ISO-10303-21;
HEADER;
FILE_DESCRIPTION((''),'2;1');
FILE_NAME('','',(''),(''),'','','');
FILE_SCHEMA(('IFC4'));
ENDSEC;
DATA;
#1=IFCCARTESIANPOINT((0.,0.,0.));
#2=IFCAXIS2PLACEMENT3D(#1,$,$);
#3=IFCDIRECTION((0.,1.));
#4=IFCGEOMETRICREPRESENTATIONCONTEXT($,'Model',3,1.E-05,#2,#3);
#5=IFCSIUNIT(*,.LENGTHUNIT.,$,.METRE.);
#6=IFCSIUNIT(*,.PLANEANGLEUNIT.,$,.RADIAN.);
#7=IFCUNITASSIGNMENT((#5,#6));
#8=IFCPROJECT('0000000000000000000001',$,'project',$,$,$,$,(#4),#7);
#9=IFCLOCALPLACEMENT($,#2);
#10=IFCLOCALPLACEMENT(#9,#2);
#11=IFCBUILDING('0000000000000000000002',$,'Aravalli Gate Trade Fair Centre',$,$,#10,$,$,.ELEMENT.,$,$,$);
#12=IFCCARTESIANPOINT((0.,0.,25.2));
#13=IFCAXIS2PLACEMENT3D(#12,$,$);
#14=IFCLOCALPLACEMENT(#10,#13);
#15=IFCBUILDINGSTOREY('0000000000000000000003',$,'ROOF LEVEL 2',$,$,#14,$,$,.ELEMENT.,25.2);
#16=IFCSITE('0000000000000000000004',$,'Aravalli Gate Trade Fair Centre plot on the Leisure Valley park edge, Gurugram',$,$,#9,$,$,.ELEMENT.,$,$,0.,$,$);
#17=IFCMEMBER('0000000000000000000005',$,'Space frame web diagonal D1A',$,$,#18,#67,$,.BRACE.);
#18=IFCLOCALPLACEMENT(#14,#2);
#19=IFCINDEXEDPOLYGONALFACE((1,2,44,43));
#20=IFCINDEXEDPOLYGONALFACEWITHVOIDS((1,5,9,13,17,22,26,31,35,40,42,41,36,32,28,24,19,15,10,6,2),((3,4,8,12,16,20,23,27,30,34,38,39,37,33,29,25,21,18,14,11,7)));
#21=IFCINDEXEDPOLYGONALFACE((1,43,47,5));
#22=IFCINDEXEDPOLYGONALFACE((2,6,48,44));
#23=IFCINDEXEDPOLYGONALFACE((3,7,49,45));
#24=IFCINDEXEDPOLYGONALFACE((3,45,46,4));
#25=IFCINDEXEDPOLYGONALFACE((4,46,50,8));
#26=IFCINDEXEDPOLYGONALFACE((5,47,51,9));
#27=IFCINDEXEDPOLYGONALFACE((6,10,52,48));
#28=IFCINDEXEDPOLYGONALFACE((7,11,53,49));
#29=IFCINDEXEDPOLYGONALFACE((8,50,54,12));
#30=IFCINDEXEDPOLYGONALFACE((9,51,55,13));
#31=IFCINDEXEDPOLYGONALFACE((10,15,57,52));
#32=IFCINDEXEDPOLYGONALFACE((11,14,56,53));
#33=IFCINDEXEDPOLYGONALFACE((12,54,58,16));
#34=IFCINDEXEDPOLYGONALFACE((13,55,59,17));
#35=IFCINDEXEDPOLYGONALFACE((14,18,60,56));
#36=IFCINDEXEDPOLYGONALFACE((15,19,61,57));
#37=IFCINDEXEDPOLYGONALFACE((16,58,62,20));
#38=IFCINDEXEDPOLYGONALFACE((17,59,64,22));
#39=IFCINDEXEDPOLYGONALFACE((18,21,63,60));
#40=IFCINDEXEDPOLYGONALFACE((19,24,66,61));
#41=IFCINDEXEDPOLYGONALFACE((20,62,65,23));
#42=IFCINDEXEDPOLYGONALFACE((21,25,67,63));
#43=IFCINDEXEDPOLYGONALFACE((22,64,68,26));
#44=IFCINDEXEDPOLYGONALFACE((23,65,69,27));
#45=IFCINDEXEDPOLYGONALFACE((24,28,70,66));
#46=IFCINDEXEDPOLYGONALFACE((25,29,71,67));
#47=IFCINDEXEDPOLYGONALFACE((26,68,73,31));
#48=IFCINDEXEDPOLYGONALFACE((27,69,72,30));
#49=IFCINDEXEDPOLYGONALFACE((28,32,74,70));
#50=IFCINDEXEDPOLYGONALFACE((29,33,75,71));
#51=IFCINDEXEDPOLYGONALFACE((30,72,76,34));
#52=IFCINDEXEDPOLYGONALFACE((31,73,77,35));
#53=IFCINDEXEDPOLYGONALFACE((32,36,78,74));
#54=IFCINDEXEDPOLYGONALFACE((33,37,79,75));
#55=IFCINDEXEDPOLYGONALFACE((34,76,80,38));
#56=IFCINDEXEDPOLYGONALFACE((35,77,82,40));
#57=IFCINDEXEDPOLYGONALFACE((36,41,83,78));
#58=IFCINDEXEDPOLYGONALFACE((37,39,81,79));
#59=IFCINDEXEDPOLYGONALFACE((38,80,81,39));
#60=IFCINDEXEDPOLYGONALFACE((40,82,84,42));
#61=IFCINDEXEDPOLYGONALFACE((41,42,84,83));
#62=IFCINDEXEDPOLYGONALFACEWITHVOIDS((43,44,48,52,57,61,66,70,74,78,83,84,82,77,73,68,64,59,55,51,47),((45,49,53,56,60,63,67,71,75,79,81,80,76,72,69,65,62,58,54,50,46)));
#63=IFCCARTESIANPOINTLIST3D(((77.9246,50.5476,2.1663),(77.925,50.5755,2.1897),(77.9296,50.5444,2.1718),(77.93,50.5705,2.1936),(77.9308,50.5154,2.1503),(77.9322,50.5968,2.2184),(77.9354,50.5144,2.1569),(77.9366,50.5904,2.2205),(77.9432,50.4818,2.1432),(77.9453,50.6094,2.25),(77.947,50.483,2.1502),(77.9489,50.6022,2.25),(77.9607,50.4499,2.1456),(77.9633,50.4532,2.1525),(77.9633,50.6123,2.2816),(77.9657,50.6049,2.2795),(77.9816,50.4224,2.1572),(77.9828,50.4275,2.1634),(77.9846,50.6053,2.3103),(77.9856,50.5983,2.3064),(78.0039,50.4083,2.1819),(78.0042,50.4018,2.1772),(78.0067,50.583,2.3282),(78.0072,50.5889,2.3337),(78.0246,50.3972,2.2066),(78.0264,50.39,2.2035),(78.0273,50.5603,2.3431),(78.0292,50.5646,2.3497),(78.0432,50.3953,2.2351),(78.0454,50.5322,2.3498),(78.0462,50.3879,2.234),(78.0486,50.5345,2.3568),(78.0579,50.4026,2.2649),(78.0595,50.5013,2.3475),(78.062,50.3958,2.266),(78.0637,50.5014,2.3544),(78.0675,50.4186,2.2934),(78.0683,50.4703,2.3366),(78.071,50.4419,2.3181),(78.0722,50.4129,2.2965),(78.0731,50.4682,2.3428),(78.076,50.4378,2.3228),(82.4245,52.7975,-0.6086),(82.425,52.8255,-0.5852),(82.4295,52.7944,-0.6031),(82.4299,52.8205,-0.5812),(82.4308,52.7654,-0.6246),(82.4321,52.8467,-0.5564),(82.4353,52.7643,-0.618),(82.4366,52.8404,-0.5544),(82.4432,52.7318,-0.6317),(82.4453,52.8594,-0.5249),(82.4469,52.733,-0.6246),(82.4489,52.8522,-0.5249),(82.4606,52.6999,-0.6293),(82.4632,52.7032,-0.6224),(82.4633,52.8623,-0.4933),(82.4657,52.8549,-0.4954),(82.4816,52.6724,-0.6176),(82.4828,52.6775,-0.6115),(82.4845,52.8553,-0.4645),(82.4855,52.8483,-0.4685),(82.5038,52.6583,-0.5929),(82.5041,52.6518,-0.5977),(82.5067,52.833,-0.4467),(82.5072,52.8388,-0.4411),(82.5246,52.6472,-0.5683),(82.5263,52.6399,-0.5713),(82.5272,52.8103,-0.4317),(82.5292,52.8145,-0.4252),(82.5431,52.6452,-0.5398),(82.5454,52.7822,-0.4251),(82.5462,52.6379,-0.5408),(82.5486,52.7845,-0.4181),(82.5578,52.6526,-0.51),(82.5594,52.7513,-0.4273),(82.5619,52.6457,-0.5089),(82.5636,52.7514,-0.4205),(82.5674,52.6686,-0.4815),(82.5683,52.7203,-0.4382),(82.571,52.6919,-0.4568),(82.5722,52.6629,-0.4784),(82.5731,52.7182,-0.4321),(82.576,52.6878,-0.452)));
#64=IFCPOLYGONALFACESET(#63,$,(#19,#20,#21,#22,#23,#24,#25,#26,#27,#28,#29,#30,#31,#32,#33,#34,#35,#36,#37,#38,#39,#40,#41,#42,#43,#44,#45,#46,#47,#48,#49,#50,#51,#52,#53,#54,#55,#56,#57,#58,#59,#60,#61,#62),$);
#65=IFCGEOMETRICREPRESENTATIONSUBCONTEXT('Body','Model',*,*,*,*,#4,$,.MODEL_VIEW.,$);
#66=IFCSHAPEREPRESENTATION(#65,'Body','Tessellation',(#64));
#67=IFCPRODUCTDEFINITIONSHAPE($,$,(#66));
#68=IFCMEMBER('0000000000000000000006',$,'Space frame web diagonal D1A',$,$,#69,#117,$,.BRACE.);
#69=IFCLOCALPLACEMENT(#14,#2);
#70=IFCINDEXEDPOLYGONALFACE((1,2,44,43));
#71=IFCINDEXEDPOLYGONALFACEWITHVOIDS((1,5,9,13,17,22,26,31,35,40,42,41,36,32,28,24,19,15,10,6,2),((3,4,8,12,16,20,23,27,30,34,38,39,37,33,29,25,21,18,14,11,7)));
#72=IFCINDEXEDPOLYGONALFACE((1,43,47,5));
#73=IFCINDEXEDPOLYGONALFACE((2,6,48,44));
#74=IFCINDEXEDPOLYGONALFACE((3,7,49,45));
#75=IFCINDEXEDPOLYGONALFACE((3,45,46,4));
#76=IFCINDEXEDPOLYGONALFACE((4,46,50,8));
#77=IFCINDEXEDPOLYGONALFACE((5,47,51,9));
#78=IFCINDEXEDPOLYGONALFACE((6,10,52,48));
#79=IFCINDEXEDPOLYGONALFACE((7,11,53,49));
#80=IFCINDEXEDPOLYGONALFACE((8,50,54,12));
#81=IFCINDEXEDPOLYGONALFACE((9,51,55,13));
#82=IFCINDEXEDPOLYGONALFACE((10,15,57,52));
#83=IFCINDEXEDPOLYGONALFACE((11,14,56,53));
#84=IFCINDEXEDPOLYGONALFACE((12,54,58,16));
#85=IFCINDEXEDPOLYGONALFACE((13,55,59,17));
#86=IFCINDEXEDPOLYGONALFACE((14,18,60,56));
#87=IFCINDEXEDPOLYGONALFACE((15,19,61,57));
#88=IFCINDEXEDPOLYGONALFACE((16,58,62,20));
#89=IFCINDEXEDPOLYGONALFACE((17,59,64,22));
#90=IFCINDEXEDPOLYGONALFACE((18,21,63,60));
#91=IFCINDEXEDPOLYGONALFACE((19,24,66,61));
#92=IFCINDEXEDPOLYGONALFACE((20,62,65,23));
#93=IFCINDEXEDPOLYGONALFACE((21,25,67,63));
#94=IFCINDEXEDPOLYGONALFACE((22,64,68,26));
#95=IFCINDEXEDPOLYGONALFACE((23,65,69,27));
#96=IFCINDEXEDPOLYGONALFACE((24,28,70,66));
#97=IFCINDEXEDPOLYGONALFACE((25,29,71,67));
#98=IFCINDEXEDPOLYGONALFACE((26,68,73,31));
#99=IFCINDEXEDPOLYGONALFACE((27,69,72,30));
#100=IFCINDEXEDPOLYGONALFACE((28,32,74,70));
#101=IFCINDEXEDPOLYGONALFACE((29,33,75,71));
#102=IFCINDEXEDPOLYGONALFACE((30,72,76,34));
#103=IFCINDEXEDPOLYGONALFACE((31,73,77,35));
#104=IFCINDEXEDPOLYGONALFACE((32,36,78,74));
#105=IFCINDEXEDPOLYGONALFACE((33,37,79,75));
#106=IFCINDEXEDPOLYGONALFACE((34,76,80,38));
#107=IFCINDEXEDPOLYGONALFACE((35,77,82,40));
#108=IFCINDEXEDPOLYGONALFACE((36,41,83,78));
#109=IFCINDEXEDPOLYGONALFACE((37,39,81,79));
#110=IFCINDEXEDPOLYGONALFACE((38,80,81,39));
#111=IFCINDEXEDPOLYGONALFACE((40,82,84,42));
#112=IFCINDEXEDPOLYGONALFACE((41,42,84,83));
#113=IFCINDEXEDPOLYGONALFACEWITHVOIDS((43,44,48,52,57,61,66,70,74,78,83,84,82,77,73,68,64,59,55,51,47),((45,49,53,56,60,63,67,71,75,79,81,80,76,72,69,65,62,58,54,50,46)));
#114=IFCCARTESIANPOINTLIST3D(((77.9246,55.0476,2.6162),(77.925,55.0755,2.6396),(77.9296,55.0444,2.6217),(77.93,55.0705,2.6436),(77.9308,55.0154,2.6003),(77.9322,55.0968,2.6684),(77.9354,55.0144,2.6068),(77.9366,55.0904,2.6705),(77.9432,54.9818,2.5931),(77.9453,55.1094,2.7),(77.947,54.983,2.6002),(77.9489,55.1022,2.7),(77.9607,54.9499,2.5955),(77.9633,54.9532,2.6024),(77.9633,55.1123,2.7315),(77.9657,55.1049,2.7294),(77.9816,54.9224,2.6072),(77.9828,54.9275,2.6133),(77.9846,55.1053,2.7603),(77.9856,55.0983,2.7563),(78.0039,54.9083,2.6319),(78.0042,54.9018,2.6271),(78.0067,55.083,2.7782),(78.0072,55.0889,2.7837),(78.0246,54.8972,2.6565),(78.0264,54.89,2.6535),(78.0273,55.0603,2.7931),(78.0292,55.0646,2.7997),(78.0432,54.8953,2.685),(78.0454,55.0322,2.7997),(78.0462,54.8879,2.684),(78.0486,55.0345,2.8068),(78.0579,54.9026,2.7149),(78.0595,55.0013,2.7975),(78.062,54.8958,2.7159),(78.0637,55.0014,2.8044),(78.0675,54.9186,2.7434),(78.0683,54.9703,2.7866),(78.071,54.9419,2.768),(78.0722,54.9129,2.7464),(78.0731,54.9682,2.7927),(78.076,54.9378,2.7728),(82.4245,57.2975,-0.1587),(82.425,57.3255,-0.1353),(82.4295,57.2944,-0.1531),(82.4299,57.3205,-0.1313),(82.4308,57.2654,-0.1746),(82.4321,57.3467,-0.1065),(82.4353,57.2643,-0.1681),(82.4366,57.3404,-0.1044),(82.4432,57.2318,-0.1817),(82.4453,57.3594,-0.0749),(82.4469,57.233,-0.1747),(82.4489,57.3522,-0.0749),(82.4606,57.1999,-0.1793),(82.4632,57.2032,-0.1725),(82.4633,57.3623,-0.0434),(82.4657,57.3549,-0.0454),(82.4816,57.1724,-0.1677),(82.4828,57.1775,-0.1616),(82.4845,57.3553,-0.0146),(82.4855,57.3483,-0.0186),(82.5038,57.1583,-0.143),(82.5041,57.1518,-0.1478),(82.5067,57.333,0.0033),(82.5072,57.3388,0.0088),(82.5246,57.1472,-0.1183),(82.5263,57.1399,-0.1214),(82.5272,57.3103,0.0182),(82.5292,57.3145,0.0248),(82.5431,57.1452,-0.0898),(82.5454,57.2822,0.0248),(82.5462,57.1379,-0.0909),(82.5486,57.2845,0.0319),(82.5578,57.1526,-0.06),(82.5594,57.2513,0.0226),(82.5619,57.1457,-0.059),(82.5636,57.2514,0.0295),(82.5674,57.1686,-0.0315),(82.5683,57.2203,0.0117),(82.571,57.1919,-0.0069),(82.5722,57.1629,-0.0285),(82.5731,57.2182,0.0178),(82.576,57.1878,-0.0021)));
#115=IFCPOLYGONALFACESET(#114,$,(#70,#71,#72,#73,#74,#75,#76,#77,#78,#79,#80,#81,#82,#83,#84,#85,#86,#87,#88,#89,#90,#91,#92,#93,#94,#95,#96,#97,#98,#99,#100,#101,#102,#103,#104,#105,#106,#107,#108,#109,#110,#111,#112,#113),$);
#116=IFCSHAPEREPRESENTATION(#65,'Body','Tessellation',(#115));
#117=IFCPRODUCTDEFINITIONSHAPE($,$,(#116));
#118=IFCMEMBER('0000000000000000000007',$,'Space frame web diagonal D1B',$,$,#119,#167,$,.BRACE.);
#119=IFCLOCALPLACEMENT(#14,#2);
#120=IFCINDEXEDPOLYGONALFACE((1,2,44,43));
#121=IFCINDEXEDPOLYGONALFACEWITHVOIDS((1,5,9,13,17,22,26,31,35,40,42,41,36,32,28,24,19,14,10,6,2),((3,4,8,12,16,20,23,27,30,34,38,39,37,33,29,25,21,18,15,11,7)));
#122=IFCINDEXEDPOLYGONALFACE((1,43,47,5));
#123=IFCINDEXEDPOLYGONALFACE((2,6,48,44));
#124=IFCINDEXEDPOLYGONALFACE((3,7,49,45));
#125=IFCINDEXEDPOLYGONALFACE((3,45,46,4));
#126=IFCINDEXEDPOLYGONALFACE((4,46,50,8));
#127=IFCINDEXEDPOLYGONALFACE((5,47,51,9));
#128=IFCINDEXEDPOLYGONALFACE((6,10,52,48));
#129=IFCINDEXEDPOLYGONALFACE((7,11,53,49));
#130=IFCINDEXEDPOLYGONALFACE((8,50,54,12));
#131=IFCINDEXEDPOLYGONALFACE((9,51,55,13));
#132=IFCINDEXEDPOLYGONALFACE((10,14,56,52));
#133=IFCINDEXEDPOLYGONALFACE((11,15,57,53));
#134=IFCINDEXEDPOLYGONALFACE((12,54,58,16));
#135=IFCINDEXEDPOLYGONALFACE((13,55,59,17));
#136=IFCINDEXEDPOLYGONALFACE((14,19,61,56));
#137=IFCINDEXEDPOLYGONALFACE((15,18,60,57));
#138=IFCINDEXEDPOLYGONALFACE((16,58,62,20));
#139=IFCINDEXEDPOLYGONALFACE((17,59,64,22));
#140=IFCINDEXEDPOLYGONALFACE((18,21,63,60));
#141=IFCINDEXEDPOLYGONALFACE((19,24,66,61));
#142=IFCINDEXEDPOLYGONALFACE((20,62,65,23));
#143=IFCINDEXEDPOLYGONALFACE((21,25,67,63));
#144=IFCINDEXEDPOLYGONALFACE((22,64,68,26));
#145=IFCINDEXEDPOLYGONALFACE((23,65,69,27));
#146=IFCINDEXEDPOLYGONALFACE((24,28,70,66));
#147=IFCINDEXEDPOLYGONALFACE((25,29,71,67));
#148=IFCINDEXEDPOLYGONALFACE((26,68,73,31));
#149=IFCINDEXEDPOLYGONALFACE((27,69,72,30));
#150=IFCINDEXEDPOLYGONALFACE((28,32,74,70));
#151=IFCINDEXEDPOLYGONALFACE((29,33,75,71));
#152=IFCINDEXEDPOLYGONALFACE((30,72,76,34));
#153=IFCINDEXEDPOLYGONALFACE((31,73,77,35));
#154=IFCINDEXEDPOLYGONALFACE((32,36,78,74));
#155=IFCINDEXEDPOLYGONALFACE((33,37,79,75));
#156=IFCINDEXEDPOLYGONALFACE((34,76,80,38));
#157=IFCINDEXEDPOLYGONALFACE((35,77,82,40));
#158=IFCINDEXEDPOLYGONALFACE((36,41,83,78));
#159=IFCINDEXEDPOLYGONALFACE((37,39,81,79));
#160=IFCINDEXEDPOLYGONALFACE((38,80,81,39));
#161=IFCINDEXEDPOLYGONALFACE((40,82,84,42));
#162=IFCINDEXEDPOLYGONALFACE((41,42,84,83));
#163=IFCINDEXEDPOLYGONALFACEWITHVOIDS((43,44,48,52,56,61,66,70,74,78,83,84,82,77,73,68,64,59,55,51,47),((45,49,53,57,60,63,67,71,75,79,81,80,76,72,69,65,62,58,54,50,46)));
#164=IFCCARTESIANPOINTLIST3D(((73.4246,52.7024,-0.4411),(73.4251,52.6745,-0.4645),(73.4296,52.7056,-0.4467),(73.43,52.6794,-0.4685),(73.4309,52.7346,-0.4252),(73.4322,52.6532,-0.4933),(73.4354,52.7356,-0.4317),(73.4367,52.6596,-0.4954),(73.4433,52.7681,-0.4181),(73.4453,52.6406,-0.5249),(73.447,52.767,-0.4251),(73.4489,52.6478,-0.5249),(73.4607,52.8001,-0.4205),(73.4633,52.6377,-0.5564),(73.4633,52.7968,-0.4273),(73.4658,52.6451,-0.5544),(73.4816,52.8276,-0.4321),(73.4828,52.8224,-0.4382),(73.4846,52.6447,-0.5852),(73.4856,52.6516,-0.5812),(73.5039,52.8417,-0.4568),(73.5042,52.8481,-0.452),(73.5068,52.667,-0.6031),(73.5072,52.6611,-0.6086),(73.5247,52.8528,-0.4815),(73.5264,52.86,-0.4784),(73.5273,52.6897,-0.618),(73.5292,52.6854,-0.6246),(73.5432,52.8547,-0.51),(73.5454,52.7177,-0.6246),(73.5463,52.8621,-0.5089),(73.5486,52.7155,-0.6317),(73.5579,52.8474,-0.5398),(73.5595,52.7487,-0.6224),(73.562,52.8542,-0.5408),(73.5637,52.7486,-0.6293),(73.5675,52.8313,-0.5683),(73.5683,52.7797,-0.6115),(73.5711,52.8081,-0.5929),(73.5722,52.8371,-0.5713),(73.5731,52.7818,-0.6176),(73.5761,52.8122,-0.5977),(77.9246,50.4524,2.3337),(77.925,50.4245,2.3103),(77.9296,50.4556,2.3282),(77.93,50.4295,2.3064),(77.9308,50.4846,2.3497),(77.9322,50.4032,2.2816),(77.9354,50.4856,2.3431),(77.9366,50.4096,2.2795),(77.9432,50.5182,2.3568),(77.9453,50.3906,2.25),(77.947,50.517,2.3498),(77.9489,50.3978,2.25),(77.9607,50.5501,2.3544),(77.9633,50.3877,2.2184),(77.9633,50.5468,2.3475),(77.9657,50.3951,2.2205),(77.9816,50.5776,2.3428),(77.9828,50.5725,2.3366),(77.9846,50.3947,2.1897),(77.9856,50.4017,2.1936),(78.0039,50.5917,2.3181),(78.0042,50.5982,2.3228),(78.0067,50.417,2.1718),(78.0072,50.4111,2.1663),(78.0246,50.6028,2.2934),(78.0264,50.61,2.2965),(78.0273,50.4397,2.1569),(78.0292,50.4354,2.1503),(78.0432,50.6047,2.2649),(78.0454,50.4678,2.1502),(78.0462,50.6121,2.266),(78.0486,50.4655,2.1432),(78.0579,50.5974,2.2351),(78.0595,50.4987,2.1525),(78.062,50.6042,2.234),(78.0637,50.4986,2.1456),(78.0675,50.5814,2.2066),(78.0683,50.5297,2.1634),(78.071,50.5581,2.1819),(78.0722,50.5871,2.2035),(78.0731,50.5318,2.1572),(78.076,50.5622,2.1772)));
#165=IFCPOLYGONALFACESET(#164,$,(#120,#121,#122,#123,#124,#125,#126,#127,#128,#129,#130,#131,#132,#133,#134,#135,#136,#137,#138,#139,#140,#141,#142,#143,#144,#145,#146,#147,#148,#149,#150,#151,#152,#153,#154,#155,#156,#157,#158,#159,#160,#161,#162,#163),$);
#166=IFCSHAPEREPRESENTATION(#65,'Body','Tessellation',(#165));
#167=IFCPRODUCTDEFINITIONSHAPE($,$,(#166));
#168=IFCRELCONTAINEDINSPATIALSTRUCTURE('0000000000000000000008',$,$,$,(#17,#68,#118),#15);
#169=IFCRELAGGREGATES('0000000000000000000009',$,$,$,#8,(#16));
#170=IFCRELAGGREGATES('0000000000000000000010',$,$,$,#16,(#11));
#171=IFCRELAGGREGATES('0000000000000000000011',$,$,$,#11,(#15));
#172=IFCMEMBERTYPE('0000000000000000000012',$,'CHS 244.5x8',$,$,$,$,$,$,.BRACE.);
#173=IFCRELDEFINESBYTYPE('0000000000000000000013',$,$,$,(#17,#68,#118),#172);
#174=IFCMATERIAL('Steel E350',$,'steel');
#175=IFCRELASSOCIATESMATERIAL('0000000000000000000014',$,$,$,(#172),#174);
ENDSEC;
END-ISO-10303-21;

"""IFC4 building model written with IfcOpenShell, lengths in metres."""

from ifc_helpers import new_model, si_unit, direction, frame, origin, origin_2d, place, context, subcontext, project, spatial, hollow_circle, extrude, material, material_profile, profile_set, type_object, element, save


model = new_model("IFC4")

# Units and contexts
model_context = context("Model", 3, precision=1e-05, world=origin(), true_north=direction((0.0, 1.0)))
body_context = subcontext(model_context, "Body", "Model", "MODEL_VIEW")
ifc_project = project(units=[si_unit("LENGTHUNIT", "METRE"), si_unit("PLANEANGLEUNIT", "RADIAN")], contexts=[model_context])

# Site, building, storey
site_placement = place(None, origin())
site = spatial("IfcSite", under=ifc_project, at=site_placement, Name="Aravalli Gate Trade Fair Centre plot on the Leisure Valley park edge, Gurugram", CompositionType="ELEMENT", RefElevation=0.0)
building_placement = place(site_placement, origin())
building = spatial("IfcBuilding", under=site, at=building_placement, Name="Aravalli Gate Trade Fair Centre", CompositionType="ELEMENT")
storey_placement = place(building_placement, frame((0.0, 0.0, 25.2)))
storey = spatial("IfcBuildingStorey", under=building, at=storey_placement, Name="ROOF LEVEL 2", CompositionType="ELEMENT", Elevation=25.2)

# Members
ifc_material = material(Name="Steel E350", Category="steel")
ifc_material_profile_1 = material_profile(ifc_material, hollow_circle(Radius=0.1223, WallThickness=0.0081, at=origin_2d()), Name="CHS 244.5x8")
ifc_profile_set_1 = profile_set([ifc_material_profile_1], Name="Steel E350")
member_type_1 = type_object("IfcMemberType", Name="CHS 244.5x8", PredefinedType="BRACE", material=ifc_profile_set_1)
for number, where, z_axis, x_axis, name in (
    (1, (78.0, 50.5, 2.25), (0.7832, 0.3916, -0.482956), (-0.447214, 0.894427, 0.0), "Space frame web diagonal D1A"),
    (2, (78.0, 55.0, 2.7), (0.7832, 0.3916, -0.482956), (-0.447214, 0.894427, 0.0), "Space frame web diagonal D1A"),
    (3, (78.0, 50.5, 2.25), (-0.7832, 0.3916, -0.482956), (-0.447214, -0.894427, 0.0), "Space frame web diagonal D1B"),
):
    element("IfcMember", number, at=place(storey_placement, frame(where, z_axis=z_axis, x_axis=x_axis)), inside=storey, type_object=member_type_1, Name=name, PredefinedType="BRACE", context=body_context, shape_type="SweptSolid", body=[
        extrude(hollow_circle(Radius=0.1223, WallThickness=0.0081, at=origin_2d()), origin(), (0.0, 0.0, 1.0), 5.7456),
    ])

save(model, "model.ifc")
